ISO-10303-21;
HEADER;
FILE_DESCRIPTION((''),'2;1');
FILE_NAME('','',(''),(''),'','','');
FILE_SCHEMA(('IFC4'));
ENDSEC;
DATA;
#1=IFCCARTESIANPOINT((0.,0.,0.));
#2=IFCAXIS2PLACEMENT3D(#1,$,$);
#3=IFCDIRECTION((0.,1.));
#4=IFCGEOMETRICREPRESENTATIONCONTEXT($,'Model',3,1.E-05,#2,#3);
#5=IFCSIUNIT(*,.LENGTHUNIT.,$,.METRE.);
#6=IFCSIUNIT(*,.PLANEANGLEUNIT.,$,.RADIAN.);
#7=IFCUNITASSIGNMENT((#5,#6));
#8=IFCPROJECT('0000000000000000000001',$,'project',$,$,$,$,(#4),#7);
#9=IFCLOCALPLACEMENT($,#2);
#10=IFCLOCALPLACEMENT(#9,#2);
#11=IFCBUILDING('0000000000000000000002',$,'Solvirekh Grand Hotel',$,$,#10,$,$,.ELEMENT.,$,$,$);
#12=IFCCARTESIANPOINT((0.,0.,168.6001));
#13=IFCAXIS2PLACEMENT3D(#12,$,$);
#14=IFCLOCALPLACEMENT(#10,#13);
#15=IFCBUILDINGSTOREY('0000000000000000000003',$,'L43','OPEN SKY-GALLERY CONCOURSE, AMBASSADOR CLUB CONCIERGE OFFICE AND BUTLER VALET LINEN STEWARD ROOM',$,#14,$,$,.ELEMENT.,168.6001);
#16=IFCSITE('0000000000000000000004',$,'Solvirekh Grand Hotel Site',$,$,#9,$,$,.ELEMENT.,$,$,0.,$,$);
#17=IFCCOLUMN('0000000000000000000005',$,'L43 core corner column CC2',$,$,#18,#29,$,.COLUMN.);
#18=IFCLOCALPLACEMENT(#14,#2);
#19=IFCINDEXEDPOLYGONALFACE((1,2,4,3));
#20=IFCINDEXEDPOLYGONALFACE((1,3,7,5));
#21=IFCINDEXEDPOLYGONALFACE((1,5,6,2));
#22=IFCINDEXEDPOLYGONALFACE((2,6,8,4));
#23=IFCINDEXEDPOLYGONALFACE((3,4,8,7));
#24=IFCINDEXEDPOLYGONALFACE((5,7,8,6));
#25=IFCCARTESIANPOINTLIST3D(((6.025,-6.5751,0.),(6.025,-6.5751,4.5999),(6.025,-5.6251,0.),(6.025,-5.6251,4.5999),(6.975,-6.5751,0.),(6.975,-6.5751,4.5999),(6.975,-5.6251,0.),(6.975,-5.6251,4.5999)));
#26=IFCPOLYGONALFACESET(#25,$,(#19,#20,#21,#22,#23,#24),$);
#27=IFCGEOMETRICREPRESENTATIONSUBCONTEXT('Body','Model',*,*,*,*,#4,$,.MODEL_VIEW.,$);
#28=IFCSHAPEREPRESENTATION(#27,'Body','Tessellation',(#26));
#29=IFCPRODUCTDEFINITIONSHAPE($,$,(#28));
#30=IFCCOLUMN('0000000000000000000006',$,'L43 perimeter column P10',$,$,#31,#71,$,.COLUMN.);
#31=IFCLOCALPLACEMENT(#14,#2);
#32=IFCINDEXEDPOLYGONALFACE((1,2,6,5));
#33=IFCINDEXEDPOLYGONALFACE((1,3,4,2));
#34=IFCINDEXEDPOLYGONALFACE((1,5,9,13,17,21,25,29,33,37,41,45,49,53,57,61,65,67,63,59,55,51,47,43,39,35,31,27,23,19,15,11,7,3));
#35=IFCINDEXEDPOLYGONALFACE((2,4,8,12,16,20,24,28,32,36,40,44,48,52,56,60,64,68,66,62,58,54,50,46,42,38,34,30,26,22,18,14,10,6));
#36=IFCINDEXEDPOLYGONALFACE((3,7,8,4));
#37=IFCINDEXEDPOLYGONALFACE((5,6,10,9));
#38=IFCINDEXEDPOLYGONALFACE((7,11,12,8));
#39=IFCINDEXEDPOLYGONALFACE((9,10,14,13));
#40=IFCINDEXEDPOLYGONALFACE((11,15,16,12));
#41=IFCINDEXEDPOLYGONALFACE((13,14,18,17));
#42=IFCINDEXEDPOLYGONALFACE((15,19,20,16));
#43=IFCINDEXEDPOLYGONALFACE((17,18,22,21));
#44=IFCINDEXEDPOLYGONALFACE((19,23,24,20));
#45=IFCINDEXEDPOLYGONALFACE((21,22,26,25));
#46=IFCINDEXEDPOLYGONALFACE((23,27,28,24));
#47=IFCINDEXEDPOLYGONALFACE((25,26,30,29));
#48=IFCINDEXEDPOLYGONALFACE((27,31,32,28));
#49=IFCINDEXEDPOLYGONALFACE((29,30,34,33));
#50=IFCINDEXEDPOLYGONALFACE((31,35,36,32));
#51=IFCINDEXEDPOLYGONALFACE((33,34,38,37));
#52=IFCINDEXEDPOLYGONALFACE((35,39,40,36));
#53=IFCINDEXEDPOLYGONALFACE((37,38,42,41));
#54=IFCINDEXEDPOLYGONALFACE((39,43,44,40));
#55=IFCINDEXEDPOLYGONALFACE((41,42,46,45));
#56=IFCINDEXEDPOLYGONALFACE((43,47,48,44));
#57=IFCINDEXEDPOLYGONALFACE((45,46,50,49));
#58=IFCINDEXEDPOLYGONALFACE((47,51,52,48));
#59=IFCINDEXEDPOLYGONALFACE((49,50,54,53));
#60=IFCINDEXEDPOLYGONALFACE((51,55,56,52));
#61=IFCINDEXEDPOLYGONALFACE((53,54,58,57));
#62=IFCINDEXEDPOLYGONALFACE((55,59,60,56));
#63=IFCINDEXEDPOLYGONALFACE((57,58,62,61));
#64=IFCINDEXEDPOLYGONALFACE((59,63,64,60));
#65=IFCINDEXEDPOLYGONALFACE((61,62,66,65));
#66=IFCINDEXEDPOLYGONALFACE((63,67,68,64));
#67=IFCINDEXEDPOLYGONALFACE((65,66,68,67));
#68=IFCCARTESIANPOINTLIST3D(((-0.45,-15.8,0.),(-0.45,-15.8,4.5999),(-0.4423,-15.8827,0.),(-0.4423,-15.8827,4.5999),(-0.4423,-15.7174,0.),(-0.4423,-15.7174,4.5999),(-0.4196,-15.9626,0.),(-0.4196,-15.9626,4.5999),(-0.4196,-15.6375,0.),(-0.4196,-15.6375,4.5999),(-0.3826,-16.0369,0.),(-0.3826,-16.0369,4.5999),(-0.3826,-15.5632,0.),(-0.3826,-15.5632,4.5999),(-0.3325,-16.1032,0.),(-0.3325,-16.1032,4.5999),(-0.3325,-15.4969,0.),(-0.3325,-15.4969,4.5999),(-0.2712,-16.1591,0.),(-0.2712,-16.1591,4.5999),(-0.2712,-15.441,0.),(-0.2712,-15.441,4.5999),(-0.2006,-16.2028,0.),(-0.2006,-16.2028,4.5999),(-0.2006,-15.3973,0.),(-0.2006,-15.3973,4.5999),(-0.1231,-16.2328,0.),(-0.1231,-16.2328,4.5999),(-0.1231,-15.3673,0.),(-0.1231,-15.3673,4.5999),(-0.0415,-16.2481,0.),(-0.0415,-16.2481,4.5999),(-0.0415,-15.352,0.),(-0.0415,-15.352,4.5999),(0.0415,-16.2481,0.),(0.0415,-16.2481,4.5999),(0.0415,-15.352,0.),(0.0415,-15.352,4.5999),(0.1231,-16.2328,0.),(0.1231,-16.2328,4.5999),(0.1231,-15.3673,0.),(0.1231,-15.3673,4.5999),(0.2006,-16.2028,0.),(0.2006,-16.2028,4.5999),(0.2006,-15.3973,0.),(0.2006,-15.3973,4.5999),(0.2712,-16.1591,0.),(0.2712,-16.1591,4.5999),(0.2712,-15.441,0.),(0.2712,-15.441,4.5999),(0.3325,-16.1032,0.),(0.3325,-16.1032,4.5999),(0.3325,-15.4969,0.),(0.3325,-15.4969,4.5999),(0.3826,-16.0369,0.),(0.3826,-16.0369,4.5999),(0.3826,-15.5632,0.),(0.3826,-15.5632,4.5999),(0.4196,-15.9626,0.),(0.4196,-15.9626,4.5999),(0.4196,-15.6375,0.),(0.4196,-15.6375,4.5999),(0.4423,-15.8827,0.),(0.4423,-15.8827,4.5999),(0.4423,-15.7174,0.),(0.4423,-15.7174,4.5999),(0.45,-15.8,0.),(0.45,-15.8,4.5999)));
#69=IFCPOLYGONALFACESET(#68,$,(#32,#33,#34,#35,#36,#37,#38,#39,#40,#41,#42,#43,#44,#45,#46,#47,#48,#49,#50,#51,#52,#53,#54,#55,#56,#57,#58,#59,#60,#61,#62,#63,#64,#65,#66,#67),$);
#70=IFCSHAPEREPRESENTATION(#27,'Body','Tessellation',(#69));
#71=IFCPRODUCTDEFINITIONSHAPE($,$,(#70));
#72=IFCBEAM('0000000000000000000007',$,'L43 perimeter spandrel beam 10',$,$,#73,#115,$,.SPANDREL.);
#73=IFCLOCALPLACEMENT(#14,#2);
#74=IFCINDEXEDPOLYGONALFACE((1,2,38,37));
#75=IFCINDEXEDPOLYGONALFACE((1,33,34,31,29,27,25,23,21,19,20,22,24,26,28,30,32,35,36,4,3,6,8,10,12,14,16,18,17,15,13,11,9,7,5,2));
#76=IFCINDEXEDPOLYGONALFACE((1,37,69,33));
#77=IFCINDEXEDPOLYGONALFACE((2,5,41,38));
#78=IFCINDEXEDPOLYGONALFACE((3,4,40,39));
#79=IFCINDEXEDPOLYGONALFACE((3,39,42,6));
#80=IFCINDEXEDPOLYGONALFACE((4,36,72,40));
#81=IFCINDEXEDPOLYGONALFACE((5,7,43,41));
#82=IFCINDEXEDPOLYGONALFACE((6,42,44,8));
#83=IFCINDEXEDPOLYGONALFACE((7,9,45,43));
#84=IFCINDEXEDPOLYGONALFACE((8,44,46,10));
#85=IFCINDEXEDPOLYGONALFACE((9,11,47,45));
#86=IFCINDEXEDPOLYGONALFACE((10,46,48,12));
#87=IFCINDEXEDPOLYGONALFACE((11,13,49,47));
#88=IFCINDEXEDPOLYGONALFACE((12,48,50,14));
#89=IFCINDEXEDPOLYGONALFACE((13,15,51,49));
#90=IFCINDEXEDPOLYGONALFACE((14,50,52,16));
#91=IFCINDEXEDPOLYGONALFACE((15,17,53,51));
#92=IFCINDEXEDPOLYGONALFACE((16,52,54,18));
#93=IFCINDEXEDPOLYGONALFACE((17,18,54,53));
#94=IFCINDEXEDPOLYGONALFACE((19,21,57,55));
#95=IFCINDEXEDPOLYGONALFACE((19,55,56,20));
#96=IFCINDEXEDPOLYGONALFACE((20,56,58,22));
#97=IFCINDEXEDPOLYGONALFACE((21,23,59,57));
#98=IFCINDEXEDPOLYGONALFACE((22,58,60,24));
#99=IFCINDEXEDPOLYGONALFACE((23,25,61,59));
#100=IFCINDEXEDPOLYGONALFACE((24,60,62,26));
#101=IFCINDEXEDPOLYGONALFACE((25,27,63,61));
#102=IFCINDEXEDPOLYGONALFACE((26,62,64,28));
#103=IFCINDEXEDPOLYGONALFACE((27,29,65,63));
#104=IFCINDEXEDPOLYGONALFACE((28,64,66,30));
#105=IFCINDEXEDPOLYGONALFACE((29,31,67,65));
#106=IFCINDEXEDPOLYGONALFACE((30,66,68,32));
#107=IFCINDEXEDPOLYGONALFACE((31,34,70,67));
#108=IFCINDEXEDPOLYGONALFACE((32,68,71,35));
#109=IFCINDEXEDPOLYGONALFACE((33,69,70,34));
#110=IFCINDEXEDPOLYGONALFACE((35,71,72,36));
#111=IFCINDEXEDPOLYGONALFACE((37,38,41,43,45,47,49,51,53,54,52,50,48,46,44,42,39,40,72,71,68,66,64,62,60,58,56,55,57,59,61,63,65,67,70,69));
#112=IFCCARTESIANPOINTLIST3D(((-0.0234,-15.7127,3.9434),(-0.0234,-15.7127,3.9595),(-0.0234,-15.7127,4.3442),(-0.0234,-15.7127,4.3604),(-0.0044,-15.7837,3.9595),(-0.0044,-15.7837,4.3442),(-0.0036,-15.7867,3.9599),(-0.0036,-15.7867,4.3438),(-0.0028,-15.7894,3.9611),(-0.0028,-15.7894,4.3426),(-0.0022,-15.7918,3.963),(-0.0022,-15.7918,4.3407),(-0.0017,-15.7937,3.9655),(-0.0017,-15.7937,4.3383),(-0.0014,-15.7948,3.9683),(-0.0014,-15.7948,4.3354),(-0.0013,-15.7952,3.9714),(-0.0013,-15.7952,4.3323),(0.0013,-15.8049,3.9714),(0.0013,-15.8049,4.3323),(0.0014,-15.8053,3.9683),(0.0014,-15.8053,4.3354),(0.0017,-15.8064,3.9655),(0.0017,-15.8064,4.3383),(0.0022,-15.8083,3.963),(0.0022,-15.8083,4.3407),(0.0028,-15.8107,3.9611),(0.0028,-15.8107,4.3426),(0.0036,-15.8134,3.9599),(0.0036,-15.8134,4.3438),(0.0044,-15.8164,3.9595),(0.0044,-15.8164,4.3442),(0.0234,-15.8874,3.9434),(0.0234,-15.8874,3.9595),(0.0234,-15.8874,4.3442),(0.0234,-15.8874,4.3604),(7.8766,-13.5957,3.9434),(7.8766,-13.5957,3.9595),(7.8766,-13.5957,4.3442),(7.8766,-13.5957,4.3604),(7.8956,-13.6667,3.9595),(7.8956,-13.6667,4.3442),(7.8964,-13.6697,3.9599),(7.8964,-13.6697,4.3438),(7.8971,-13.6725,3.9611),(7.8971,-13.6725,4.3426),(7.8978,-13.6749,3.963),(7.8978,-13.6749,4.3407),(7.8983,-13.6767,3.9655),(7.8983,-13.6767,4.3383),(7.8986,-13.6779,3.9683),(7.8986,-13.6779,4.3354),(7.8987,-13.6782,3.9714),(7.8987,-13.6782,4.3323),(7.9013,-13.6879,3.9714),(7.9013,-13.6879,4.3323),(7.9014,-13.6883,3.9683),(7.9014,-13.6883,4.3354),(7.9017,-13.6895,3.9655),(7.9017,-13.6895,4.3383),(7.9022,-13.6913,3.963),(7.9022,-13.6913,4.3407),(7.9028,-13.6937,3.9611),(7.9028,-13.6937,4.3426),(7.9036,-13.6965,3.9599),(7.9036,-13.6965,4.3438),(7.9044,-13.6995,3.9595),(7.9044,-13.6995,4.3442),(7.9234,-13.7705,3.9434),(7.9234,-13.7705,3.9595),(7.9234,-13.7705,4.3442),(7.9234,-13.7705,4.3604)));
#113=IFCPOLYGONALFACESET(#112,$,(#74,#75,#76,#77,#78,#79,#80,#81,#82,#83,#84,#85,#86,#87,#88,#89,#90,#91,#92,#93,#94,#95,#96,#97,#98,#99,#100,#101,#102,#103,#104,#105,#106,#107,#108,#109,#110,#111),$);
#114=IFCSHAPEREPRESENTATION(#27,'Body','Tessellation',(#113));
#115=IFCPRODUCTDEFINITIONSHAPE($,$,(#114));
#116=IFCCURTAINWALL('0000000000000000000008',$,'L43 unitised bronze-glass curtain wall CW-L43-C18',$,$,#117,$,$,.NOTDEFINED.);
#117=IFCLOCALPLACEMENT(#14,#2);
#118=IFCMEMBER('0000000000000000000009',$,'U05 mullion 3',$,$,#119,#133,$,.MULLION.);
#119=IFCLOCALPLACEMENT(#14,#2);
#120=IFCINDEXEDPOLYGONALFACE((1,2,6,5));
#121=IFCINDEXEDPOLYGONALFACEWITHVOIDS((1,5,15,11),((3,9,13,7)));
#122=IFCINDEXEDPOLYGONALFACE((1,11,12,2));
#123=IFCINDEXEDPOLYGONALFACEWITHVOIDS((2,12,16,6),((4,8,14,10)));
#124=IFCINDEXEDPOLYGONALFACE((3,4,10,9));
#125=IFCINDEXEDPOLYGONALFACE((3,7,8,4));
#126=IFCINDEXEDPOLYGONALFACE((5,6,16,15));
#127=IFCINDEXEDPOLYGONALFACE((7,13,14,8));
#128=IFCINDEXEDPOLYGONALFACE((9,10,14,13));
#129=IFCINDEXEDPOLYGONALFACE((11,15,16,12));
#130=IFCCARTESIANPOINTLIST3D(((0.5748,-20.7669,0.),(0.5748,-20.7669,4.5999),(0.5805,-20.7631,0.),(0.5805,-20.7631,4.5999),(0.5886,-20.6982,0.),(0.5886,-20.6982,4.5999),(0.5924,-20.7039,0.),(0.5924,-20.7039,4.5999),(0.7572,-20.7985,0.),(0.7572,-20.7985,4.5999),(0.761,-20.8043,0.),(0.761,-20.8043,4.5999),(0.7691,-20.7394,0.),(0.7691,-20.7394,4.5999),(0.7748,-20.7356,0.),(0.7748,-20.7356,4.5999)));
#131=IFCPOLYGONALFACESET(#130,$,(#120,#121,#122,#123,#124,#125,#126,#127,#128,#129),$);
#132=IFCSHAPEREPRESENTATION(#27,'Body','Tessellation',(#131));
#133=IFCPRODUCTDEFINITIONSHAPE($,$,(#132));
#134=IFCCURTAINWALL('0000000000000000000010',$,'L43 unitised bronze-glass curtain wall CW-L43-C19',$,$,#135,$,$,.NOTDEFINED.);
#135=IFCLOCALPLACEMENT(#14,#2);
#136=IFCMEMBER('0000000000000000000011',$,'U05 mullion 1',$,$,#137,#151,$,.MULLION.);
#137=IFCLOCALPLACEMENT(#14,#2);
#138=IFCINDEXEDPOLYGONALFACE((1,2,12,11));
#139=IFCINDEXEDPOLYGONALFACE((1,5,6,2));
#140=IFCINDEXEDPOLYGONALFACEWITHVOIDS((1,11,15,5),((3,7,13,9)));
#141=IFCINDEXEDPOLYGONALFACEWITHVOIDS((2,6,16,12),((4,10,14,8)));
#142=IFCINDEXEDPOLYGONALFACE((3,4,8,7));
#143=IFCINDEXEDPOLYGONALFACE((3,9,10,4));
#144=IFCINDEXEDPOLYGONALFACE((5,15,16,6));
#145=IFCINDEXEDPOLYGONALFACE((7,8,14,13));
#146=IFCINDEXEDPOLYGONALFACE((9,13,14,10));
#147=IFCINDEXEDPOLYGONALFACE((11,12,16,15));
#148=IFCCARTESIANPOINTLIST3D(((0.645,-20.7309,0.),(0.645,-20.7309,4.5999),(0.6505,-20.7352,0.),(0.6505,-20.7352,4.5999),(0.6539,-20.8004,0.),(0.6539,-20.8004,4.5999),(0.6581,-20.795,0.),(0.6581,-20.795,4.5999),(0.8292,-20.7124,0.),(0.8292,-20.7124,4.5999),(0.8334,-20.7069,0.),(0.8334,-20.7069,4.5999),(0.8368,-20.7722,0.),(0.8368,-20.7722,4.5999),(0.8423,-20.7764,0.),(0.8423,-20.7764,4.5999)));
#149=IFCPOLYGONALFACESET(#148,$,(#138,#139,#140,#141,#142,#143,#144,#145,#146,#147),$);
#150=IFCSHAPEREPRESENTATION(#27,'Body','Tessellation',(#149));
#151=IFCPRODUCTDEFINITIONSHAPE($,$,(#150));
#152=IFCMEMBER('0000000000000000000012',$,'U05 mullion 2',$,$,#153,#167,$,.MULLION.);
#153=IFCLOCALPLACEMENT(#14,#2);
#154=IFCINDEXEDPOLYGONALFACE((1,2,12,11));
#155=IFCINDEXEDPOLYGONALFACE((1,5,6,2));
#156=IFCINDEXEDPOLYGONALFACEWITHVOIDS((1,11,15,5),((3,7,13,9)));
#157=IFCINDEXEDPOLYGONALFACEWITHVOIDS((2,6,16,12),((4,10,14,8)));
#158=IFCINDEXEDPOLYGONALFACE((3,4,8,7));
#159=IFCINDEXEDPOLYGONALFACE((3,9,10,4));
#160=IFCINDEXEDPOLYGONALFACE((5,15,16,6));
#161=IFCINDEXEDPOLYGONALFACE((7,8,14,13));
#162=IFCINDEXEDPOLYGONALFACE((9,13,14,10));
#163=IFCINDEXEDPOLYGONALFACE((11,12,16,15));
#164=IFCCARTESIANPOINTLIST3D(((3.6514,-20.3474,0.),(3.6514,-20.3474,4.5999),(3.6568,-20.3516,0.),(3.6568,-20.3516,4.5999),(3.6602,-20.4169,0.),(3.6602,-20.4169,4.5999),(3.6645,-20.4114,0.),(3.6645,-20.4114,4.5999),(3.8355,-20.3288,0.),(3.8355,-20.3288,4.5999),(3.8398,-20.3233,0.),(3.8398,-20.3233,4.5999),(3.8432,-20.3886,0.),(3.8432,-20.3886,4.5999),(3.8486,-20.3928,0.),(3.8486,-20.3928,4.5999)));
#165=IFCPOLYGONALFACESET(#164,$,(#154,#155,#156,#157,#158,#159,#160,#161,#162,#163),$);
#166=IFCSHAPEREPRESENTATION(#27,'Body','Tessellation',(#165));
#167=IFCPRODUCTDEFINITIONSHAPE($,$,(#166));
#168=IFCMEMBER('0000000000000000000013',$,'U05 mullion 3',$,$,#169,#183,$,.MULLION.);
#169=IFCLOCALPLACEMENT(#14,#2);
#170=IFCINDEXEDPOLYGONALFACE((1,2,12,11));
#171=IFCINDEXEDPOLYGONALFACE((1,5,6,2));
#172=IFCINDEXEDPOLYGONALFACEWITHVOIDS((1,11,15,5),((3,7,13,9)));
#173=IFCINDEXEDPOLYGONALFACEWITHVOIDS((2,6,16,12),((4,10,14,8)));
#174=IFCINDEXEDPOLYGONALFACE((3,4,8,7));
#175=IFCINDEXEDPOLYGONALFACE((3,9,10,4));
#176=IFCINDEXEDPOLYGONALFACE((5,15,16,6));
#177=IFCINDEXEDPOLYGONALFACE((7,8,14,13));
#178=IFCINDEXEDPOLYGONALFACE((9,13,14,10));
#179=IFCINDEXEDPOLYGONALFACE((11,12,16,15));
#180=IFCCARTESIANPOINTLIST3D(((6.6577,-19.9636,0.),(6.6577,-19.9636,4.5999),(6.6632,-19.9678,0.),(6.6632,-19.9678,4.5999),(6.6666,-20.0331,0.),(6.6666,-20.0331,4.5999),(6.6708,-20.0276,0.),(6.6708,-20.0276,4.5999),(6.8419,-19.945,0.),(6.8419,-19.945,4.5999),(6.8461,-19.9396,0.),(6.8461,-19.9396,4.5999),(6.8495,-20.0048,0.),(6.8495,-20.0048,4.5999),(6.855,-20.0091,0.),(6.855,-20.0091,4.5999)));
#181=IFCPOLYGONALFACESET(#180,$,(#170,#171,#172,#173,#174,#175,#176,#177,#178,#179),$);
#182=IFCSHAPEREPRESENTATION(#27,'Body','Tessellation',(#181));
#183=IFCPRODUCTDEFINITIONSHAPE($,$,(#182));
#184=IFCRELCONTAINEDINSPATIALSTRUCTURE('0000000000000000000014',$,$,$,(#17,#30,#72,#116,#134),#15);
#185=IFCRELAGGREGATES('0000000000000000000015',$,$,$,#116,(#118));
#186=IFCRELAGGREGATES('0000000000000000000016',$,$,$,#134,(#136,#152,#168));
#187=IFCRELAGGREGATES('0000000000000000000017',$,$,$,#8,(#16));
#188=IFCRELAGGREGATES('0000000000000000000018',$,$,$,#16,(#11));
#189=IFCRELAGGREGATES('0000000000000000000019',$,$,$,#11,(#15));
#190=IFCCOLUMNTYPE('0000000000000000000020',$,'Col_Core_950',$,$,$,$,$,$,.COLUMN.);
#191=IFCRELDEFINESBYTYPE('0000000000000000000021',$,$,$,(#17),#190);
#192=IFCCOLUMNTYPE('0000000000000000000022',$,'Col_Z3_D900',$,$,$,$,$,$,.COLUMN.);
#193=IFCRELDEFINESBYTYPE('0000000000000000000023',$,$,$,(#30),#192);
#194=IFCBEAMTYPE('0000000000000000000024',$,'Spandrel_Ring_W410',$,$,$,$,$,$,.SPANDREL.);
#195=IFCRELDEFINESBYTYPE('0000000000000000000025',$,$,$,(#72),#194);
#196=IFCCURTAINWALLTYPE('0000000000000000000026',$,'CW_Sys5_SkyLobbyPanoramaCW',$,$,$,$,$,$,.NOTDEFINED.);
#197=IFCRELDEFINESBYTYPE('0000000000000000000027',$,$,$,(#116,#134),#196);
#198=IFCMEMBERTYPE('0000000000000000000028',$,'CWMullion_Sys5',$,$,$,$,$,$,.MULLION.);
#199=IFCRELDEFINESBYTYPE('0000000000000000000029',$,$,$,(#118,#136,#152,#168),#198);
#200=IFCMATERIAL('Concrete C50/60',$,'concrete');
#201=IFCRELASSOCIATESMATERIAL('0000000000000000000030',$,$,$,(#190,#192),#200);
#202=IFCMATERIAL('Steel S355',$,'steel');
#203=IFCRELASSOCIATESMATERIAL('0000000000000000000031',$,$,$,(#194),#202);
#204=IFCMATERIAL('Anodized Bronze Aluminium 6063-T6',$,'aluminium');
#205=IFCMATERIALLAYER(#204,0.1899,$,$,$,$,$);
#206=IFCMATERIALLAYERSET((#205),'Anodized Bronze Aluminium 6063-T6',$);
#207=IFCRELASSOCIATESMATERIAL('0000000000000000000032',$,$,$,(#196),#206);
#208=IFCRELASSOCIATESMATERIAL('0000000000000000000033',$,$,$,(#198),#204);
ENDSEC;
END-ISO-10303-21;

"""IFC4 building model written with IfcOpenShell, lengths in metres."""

from ifc_helpers import new_model, si_unit, direction, frame, origin, origin_2d, place, context, subcontext, project, spatial, rectangle, hollow_rectangle, circle, i_section, extrude, source, transform, mapped, material, layer, layer_set, material_profile, profile_set, type_object, element, aggregate, save


model = new_model("IFC4")

# Units and contexts
model_context = context("Model", 3, precision=1e-05, world=origin(), true_north=direction((0.0, 1.0)))
body_context = subcontext(model_context, "Body", "Model", "MODEL_VIEW")
ifc_project = project(units=[si_unit("LENGTHUNIT", "METRE"), si_unit("PLANEANGLEUNIT", "RADIAN")], contexts=[model_context])

# Site, building, storey
site_placement = place(None, origin())
site = spatial("IfcSite", under=ifc_project, at=site_placement, Name="Solvirekh Grand Hotel Site", CompositionType="ELEMENT", RefElevation=0.0)
building_placement = place(site_placement, origin())
building = spatial("IfcBuilding", under=site, at=building_placement, Name="Solvirekh Grand Hotel", CompositionType="ELEMENT")
storey_placement = place(building_placement, frame((0.0, 0.0, 168.6001)))
storey = spatial("IfcBuildingStorey", under=building, at=storey_placement, Name="L43", Description="OPEN SKY-GALLERY CONCOURSE, AMBASSADOR CLUB CONCIERGE OFFICE AND BUTLER VALET LINEN STEWARD ROOM", CompositionType="ELEMENT", Elevation=168.6001)

# Columns
ifc_material_1 = material(Name="Concrete C50/60", Category="concrete")
ifc_material_profile_1 = material_profile(ifc_material_1, rectangle(XDim=0.95, YDim=0.95, at=origin_2d()), Name="RC 950X950")
ifc_profile_set_1 = profile_set([ifc_material_profile_1], Name="Concrete C50/60")
column_type_1 = type_object("IfcColumnType", Name="Col_Core_950", PredefinedType="COLUMN", material=ifc_profile_set_1)
column_1_placement = place(storey_placement, frame((6.5, -6.1001, 0.0), z_axis=(0.0, 0.0, 1.0), x_axis=(1.0, 0.0, 0.0)))
element("IfcColumn", 1, at=column_1_placement, inside=storey, type_object=column_type_1, Name="L43 core corner column CC2", PredefinedType="COLUMN", context=body_context, shape_type="SweptSolid", body=[
    extrude(rectangle(XDim=0.95, YDim=0.95, at=origin_2d()), origin(), (0.0, 0.0, 1.0), 4.5999),
])
ifc_material_profile_2 = material_profile(ifc_material_1, circle(Radius=0.45, at=origin_2d()), Name="RC CIRC D900")
ifc_profile_set_2 = profile_set([ifc_material_profile_2], Name="Concrete C50/60")
column_type_2 = type_object("IfcColumnType", Name="Col_Z3_D900", PredefinedType="COLUMN", material=ifc_profile_set_2)
column_2_placement = place(storey_placement, frame((0.0, -15.8, 0.0), z_axis=(0.0, 0.0, 1.0), x_axis=(1.0, 0.0, 0.0)))
element("IfcColumn", 2, at=column_2_placement, inside=storey, type_object=column_type_2, Name="L43 perimeter column P10", PredefinedType="COLUMN", context=body_context, shape_type="SweptSolid", body=[
    extrude(circle(Radius=0.45, at=origin_2d()), origin(), (0.0, 0.0, 1.0), 4.5999),
])

# Beam
ifc_material_2 = material(Name="Steel S355", Category="steel")
ifc_material_profile_3 = material_profile(ifc_material_2, i_section(OverallWidth=0.1809, OverallDepth=0.417, WebThickness=0.01, FlangeThickness=0.0161, FilletRadius=0.012, at=origin_2d()), Name="W410X85")
ifc_profile_set_3 = profile_set([ifc_material_profile_3], Name="Steel S355")
beam_type = type_object("IfcBeamType", Name="Spandrel_Ring_W410", PredefinedType="SPANDREL", material=ifc_profile_set_3)
beam_placement = place(storey_placement, frame((0.0, -15.8, 4.1519), z_axis=(0.965921, 0.258839, 0.0), x_axis=(-0.258839, 0.965921, 0.0)))
element("IfcBeam", 3, at=beam_placement, inside=storey, type_object=beam_type, Name="L43 perimeter spandrel beam 10", PredefinedType="SPANDREL", context=body_context, shape_type="SweptSolid", body=[
    extrude(i_section(OverallWidth=0.1809, OverallDepth=0.417, WebThickness=0.01, FlangeThickness=0.0161, FilletRadius=0.012, at=origin_2d()), origin(), (0.0, 0.0, 1.0), 8.1787),
])

# Curtain wall, member
ifc_material_3 = material(Name="Anodized Bronze Aluminium 6063-T6", Category="aluminium")
ifc_layer_1 = layer(ifc_material_3, 0.1899)
ifc_layer_set_1 = layer_set([ifc_layer_1], Name="Anodized Bronze Aluminium 6063-T6")
curtain_wall_type = type_object("IfcCurtainWallType", Name="CW_Sys5_SkyLobbyPanoramaCW", PredefinedType="NOTDEFINED", material=ifc_layer_set_1)
curtain_wall_1_placement = place(storey_placement, origin())
curtain_wall_1 = element("IfcCurtainWall", 4, at=curtain_wall_1_placement, inside=storey, type_object=curtain_wall_type, Name="L43 unitised bronze-glass curtain wall CW-L43-C18", PredefinedType="NOTDEFINED")
ifc_material_profile_4 = material_profile(ifc_material_3, hollow_rectangle(XDim=0.0701, YDim=0.1899, WallThickness=0.0049, at=origin_2d()), Name="ALU RHS 190X70X5")
ifc_profile_set_4 = profile_set([ifc_material_profile_4], Name="Anodized Bronze Aluminium 6063-T6")
member_type_1 = type_object("IfcMemberType", Name="CWMullion_Sys5", PredefinedType="MULLION", material=ifc_profile_set_4)
shared_shape_1 = source(origin(), body_context, "Body", "SweptSolid", [
    extrude(hollow_rectangle(XDim=0.0701, YDim=0.1899, WallThickness=0.0049, at=origin_2d()), origin(), (0.0, 0.0, 1.0), 4.5999),
])
member_1_placement = place(storey_placement, frame((0.6748, -20.7512, 0.0), z_axis=(0.0, 0.0, 1.0), x_axis=(0.196748, 0.980454, 0.0)))
member_1 = element("IfcMember", 5, at=member_1_placement, type_object=member_type_1, Name="U05 mullion 3", PredefinedType="MULLION", context=body_context, shape_type="MappedRepresentation", body=[
    mapped(shared_shape_1, transform((0.0, 0.0, 0.0), x_axis=(1.0, 0.0, 0.0), y_axis=(0.0, 1.0, 0.0), z_axis=(0.0, 0.0, 1.0), scale=1.0)),
])
aggregate(curtain_wall_1, [member_1])

# Curtain wall, members
curtain_wall_2_placement = place(storey_placement, origin())
curtain_wall_2 = element("IfcCurtainWall", 6, at=curtain_wall_2_placement, inside=storey, type_object=curtain_wall_type, Name="L43 unitised bronze-glass curtain wall CW-L43-C19", PredefinedType="NOTDEFINED")
member_2_placement = place(storey_placement, frame((0.7437, -20.7537, 0.0), z_axis=(0.0, 0.0, 1.0), x_axis=(-0.126564, 0.991958, 0.0)))
member_2 = element("IfcMember", 7, at=member_2_placement, type_object=member_type_1, Name="U05 mullion 1", PredefinedType="MULLION", context=body_context, shape_type="MappedRepresentation", body=[
    mapped(shared_shape_1, transform((0.0, 0.0, 0.0), x_axis=(1.0, 0.0, 0.0), y_axis=(0.0, 1.0, 0.0), z_axis=(0.0, 0.0, 1.0), scale=1.0)),
])
member_3_placement = place(storey_placement, frame((3.75, -20.3701, 0.0), z_axis=(0.0, 0.0, 1.0), x_axis=(-0.126564, 0.991958, 0.0)))
member_3 = element("IfcMember", 8, at=member_3_placement, type_object=member_type_1, Name="U05 mullion 2", PredefinedType="MULLION", context=body_context, shape_type="MappedRepresentation", body=[
    mapped(shared_shape_1, transform((0.0, 0.0, 0.0), x_axis=(1.0, 0.0, 0.0), y_axis=(0.0, 1.0, 0.0), z_axis=(0.0, 0.0, 1.0), scale=1.0)),
])
member_4_placement = place(storey_placement, frame((6.7563, -19.9863, 0.0), z_axis=(0.0, 0.0, 1.0), x_axis=(-0.126564, 0.991958, 0.0)))
member_4 = element("IfcMember", 9, at=member_4_placement, type_object=member_type_1, Name="U05 mullion 3", PredefinedType="MULLION", context=body_context, shape_type="MappedRepresentation", body=[
    mapped(shared_shape_1, transform((0.0, 0.0, 0.0), x_axis=(1.0, 0.0, 0.0), y_axis=(0.0, 1.0, 0.0), z_axis=(0.0, 0.0, 1.0), scale=1.0)),
])

aggregate(curtain_wall_2, [member_2, member_3, member_4])

save(model, "model.ifc")
